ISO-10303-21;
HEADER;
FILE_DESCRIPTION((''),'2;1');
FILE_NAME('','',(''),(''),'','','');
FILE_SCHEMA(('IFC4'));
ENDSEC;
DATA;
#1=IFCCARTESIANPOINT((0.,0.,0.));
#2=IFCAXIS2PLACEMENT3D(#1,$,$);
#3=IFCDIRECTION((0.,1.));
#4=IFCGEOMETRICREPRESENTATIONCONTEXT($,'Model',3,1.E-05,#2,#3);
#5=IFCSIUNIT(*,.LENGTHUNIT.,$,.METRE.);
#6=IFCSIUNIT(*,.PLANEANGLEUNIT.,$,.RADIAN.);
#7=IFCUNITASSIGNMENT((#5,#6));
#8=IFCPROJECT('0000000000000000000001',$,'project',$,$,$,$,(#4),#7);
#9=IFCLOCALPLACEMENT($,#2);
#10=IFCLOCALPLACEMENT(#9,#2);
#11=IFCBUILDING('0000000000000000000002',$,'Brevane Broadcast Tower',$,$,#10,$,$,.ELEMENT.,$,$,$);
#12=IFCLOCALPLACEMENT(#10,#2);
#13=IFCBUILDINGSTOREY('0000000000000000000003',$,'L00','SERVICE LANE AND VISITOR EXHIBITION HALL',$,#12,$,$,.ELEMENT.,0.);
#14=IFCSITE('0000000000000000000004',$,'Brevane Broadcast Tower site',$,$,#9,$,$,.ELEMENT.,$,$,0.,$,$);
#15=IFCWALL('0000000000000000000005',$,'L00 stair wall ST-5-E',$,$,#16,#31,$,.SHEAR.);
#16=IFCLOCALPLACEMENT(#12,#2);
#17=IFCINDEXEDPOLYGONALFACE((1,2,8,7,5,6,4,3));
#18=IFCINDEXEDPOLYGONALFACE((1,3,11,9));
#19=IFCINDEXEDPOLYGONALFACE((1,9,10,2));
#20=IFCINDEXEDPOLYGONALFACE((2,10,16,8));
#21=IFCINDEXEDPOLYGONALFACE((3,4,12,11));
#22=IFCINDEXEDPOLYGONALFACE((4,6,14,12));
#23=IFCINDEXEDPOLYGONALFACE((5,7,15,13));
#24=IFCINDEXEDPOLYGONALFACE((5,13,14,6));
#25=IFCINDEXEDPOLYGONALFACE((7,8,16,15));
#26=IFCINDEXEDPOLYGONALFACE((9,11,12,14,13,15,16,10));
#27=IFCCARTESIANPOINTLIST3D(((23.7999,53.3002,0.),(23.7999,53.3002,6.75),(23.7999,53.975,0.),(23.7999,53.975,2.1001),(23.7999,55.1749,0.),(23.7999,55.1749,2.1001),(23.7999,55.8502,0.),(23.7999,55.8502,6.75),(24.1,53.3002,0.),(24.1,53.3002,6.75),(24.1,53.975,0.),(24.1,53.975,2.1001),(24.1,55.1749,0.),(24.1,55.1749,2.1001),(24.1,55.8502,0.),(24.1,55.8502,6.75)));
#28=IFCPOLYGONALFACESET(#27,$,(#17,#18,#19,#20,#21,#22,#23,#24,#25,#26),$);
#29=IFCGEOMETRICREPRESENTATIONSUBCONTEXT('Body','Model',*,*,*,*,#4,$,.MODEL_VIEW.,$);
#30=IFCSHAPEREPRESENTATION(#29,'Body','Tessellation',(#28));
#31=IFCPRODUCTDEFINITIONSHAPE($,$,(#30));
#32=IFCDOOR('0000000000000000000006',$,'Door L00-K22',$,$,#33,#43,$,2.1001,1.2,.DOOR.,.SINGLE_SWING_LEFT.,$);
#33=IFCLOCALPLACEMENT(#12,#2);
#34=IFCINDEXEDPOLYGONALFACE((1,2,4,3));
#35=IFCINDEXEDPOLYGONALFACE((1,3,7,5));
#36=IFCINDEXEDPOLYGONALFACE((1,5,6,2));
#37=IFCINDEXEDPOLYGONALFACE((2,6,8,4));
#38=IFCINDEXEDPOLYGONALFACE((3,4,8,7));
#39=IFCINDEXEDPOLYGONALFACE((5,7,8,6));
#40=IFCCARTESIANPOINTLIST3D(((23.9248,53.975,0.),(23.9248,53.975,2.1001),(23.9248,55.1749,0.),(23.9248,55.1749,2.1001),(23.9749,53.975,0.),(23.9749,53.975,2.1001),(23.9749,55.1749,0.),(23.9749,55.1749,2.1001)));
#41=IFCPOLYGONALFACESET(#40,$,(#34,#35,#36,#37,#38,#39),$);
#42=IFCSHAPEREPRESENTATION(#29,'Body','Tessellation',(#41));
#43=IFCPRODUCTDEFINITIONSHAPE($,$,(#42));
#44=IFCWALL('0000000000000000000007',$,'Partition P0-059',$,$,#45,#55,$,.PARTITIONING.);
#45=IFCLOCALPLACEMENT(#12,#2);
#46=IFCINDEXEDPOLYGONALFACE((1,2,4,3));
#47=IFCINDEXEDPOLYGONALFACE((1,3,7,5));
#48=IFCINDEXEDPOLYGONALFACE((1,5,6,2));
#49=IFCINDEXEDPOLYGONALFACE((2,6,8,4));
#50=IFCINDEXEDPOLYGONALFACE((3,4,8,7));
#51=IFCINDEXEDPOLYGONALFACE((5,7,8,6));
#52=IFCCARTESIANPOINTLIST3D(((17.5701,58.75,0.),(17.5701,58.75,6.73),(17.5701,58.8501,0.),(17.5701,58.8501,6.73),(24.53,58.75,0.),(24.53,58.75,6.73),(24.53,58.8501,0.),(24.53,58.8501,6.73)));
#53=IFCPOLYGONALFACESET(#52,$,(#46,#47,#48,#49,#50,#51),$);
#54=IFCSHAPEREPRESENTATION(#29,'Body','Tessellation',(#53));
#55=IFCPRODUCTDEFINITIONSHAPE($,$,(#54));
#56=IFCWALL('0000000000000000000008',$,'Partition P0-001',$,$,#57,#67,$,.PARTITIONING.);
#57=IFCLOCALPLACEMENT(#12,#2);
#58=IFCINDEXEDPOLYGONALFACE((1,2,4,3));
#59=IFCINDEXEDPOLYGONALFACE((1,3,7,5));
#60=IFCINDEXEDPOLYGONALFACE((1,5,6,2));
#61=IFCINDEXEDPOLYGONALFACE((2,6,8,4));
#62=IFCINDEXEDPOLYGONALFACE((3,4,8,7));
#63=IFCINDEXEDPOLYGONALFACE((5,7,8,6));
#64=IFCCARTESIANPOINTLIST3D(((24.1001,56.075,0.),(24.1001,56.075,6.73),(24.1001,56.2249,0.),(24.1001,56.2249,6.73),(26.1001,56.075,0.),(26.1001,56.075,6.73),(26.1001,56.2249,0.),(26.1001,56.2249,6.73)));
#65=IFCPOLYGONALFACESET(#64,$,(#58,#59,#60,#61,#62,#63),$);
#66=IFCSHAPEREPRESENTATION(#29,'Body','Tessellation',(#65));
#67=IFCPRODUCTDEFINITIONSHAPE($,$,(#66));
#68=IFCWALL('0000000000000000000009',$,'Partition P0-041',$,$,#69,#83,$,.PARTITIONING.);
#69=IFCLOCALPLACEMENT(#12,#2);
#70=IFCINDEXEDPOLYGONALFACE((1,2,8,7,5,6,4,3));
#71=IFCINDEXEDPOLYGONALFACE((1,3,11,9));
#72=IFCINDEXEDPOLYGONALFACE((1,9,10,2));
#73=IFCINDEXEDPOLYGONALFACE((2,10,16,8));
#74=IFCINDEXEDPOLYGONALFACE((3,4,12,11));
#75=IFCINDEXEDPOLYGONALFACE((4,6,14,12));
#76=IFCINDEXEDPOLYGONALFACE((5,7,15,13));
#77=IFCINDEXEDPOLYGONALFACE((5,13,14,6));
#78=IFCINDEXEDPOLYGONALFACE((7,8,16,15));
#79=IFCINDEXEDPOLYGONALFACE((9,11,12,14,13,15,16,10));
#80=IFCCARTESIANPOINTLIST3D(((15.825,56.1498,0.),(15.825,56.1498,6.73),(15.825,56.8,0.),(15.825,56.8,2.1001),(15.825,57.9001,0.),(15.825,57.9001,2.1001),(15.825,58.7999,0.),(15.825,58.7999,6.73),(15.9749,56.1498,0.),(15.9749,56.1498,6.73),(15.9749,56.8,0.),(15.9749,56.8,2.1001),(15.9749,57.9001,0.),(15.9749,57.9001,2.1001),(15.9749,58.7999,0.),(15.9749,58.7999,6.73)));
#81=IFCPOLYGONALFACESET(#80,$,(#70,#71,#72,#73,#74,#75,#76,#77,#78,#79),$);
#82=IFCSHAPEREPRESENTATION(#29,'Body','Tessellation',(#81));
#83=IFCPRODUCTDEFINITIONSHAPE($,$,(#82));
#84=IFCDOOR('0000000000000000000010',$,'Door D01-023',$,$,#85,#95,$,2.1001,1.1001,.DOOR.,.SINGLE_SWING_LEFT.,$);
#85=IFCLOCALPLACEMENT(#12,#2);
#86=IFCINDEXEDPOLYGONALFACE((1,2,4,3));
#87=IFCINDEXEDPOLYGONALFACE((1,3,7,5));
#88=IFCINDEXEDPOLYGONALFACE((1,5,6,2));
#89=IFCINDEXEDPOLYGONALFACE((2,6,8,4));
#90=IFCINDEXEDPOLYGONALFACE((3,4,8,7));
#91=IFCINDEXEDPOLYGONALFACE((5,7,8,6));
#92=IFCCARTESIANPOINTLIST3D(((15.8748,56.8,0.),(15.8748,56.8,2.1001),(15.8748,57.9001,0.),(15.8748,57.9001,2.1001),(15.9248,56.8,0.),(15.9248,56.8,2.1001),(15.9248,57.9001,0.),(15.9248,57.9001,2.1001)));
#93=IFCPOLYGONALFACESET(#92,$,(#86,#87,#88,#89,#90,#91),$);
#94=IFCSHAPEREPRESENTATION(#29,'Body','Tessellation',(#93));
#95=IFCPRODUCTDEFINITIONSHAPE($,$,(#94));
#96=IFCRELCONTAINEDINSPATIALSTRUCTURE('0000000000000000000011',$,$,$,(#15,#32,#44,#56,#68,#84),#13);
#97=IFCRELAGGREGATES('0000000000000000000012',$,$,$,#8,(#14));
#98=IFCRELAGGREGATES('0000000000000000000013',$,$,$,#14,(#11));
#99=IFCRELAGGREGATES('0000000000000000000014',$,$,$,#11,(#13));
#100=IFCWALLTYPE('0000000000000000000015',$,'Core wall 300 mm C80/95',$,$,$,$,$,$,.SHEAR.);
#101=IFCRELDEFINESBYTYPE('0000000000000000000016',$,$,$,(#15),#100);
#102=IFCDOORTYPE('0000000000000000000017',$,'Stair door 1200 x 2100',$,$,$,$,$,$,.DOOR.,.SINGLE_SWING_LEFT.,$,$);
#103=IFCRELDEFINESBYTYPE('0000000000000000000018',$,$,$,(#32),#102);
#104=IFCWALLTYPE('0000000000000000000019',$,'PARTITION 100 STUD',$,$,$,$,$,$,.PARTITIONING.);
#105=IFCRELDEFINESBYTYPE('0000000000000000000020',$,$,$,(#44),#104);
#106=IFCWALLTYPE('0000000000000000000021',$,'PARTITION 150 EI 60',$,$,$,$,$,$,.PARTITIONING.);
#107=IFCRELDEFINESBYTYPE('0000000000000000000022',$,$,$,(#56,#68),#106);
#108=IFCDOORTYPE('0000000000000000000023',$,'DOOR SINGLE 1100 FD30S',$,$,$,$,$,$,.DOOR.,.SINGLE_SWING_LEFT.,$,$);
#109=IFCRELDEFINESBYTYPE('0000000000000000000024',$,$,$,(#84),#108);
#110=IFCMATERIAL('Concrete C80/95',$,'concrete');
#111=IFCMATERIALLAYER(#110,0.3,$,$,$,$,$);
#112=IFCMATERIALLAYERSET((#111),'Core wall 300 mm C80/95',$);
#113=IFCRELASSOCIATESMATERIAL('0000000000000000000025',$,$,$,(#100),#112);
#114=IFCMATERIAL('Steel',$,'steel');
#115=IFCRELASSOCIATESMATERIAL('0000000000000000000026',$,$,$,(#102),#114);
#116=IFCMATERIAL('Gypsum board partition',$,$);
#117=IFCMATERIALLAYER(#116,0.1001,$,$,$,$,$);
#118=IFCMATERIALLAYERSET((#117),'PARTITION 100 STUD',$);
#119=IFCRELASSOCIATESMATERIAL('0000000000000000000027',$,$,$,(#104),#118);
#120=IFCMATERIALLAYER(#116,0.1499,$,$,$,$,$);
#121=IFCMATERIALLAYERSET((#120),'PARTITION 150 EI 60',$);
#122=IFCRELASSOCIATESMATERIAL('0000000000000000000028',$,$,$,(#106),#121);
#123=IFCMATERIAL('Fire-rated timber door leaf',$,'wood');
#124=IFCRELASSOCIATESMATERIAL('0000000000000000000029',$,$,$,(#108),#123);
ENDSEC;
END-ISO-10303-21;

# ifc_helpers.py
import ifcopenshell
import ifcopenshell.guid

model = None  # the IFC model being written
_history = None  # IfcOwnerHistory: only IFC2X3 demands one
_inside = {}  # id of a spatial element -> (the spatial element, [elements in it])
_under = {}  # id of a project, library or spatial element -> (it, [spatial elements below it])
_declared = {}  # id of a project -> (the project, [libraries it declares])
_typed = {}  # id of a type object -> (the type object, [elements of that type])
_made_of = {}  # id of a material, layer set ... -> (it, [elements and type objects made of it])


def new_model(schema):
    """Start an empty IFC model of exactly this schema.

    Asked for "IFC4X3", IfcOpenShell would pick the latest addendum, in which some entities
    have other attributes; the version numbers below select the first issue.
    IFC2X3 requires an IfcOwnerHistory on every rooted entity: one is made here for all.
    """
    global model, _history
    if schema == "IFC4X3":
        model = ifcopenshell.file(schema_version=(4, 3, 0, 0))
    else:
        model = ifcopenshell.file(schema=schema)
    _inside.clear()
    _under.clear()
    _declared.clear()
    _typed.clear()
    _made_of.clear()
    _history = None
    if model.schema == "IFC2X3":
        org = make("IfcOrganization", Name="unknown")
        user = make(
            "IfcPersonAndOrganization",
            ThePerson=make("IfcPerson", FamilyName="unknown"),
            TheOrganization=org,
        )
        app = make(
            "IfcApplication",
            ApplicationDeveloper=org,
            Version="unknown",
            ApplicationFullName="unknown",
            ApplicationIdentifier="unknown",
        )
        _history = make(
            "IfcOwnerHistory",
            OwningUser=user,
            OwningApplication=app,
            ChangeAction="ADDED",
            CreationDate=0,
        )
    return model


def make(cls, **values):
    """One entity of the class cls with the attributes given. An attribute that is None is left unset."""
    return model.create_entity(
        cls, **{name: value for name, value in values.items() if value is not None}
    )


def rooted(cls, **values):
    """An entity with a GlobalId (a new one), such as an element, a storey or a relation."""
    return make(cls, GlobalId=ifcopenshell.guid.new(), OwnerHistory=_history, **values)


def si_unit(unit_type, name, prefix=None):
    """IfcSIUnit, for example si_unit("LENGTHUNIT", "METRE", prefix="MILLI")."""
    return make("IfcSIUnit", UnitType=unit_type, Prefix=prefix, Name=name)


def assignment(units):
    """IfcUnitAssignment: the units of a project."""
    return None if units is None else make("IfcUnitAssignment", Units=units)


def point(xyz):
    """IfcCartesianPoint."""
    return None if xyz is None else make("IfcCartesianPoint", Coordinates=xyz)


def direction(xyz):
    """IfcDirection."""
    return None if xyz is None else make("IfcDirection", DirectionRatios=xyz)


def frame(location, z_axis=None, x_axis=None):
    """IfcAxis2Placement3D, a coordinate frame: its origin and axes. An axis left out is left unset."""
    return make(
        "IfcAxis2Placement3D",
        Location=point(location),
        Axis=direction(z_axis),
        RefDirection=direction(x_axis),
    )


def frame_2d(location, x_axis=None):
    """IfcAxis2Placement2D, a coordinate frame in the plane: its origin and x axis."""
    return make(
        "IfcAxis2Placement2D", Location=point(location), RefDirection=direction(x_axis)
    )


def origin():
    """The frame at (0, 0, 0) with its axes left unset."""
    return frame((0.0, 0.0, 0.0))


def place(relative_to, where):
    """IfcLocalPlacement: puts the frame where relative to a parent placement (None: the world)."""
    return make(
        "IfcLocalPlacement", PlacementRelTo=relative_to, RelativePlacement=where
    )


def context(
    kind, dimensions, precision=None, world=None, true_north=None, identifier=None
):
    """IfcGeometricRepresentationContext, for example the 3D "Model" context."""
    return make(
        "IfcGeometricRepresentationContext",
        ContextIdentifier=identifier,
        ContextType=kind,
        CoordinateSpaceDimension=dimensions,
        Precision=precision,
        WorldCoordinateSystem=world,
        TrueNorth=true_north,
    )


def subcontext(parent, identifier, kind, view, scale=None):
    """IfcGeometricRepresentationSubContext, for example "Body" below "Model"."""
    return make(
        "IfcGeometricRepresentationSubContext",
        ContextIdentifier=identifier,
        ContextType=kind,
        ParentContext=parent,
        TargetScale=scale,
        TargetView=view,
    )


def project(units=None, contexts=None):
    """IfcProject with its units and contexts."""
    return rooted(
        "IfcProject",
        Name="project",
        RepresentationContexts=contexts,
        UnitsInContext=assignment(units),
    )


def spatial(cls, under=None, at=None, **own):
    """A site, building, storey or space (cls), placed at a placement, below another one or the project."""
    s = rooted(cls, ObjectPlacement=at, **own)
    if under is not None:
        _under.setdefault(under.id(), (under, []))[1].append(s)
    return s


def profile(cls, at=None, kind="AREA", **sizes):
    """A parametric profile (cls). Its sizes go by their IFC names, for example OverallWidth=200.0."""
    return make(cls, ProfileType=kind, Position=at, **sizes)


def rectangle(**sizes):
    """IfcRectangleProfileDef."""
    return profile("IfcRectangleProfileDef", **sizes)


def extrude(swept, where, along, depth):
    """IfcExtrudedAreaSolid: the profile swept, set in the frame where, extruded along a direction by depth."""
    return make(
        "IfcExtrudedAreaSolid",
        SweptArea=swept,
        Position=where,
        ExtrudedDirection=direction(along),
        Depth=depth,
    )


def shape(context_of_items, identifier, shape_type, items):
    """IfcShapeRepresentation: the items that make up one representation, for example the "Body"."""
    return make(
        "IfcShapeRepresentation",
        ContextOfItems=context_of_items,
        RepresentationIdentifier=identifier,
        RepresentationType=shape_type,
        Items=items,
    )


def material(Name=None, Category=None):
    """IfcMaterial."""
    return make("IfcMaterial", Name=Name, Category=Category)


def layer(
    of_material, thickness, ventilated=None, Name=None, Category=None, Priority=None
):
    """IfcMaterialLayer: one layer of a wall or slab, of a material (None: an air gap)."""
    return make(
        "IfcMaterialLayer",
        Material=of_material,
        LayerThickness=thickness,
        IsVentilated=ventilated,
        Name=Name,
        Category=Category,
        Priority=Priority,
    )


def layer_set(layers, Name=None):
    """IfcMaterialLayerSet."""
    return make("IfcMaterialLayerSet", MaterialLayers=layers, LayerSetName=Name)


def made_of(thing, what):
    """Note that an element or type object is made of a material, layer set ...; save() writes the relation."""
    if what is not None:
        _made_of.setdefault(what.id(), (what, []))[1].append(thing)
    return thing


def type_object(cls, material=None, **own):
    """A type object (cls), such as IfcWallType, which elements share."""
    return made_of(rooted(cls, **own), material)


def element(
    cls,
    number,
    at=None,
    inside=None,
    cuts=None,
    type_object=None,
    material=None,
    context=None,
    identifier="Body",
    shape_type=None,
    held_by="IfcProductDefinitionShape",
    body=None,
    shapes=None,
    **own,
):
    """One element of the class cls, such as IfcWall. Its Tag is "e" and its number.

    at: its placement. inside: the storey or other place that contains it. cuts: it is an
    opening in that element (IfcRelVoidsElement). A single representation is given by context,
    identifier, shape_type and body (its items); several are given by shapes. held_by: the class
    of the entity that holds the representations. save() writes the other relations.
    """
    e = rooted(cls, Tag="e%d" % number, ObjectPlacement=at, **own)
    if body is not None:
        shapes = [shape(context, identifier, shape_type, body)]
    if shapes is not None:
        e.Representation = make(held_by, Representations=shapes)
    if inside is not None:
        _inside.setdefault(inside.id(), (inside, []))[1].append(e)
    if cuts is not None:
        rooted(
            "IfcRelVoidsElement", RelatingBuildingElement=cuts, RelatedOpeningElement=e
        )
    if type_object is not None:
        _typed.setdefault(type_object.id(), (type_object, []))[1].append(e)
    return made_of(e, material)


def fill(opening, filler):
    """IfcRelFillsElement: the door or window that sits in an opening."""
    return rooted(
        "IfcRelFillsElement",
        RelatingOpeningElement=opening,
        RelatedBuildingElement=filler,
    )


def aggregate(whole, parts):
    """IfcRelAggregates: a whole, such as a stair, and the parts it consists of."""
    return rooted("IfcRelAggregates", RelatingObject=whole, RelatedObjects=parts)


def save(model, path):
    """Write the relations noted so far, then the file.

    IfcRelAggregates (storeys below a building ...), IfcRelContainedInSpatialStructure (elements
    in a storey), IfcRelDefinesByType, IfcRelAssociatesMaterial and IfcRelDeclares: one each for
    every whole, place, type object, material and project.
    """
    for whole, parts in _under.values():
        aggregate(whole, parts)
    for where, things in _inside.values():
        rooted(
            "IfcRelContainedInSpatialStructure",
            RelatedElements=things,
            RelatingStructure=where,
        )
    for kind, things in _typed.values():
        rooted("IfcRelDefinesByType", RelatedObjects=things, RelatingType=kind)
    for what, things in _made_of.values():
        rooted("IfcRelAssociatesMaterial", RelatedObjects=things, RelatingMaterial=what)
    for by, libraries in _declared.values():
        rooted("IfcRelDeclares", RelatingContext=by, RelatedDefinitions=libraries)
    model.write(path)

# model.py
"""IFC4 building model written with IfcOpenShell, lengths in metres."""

from ifc_helpers import new_model, si_unit, direction, frame, frame_2d, origin, place, context, subcontext, project, spatial, rectangle, extrude, material, layer, layer_set, type_object, element, fill, save


model = new_model("IFC4")

# Units and contexts
model_context = context("Model", 3, precision=1e-05, world=origin(), true_north=direction((0.0, 1.0)))
body_context = subcontext(model_context, "Body", "Model", "MODEL_VIEW")
ifc_project = project(units=[si_unit("LENGTHUNIT", "METRE"), si_unit("PLANEANGLEUNIT", "RADIAN")], contexts=[model_context])

# Site, building, storey
site_placement = place(None, origin())
site = spatial("IfcSite", under=ifc_project, at=site_placement, Name="Brevane Broadcast Tower site", CompositionType="ELEMENT", RefElevation=0.0)
building_placement = place(site_placement, origin())
building = spatial("IfcBuilding", under=site, at=building_placement, Name="Brevane Broadcast Tower", CompositionType="ELEMENT")
storey_placement = place(building_placement, origin())
storey = spatial("IfcBuildingStorey", under=building, at=storey_placement, Name="L00", Description="SERVICE LANE AND VISITOR EXHIBITION HALL", CompositionType="ELEMENT", Elevation=0.0)

# Shared definitions
ifc_material_1 = material(Name="Concrete C80/95", Category="concrete")

# Shared definitions
ifc_layer_1 = layer(ifc_material_1, 0.3)
ifc_layer_set_1 = layer_set([ifc_layer_1], Name="Core wall 300 mm C80/95")
wall_type_1 = type_object("IfcWallType", Name="Core wall 300 mm C80/95", PredefinedType="SHEAR", material=ifc_layer_set_1)

# Wall, opening, door
wall_1_placement = place(storey_placement, frame((23.95, 55.8501, 0.0), z_axis=(0.0, 0.0, 1.0), x_axis=(0.0, -1.0, 0.0)))
wall_1 = element("IfcWall", 1, at=wall_1_placement, inside=storey, type_object=wall_type_1, Name="L00 stair wall ST-5-E", PredefinedType="SHEAR", context=body_context, shape_type="SweptSolid", body=[
    extrude(rectangle(XDim=2.55, YDim=0.3, at=frame_2d((1.2749, 0.0))), origin(), (0.0, 0.0, 1.0), 6.75),
])
opening_1_placement = place(wall_1_placement, frame((0.675, 0.0, 0.0)))
opening_1 = element("IfcOpeningElement", 2, at=opening_1_placement, cuts=wall_1, PredefinedType="OPENING", context=body_context, shape_type="SweptSolid", body=[
    extrude(rectangle(XDim=1.2, YDim=2.1001, at=frame_2d((0.6001, 1.05))), frame((0.0, 0.1599, 0.0), z_axis=(0.0, -1.0, 0.0), x_axis=(1.0, 0.0, 0.0)), (0.0, 0.0, 1.0), 0.3201),
])
ifc_material_2 = material(Name="Steel", Category="steel")
door_type_1 = type_object("IfcDoorType", Name="Stair door 1200 x 2100", OperationType="SINGLE_SWING_LEFT", PredefinedType="DOOR", material=ifc_material_2)
door_1_placement = place(opening_1_placement, origin())
door_1 = element("IfcDoor", 3, at=door_1_placement, inside=storey, type_object=door_type_1, Name="Door L00-K22", OperationType="SINGLE_SWING_LEFT", OverallHeight=2.1001, OverallWidth=1.2, PredefinedType="DOOR", context=body_context, shape_type="SweptSolid", body=[
    extrude(rectangle(XDim=1.2, YDim=2.1001, at=frame_2d((0.6001, 1.05))), frame((0.0, 0.0249, 0.0), z_axis=(0.0, -1.0, 0.0), x_axis=(1.0, 0.0, 0.0)), (0.0, 0.0, 1.0), 0.05),
])
fill(opening_1, door_1)

# Walls
ifc_material_3 = material(Name="Gypsum board partition")
ifc_layer_2 = layer(ifc_material_3, 0.1001)
ifc_layer_set_2 = layer_set([ifc_layer_2], Name="PARTITION 100 STUD")
wall_type_2 = type_object("IfcWallType", Name="PARTITION 100 STUD", PredefinedType="PARTITIONING", material=ifc_layer_set_2)
wall_2_placement = place(storey_placement, frame((17.5701, 58.8, 0.0), z_axis=(0.0, 0.0, 1.0), x_axis=(1.0, 0.0, 0.0)))
element("IfcWall", 4, at=wall_2_placement, inside=storey, type_object=wall_type_2, Name="Partition P0-059", PredefinedType="PARTITIONING", context=body_context, shape_type="SweptSolid", body=[
    extrude(rectangle(XDim=6.96, YDim=0.1001, at=frame_2d((3.48, 0.0))), origin(), (0.0, 0.0, 1.0), 6.73),
])
ifc_layer_3 = layer(ifc_material_3, 0.1499)
ifc_layer_set_3 = layer_set([ifc_layer_3], Name="PARTITION 150 EI 60")
wall_type_3 = type_object("IfcWallType", Name="PARTITION 150 EI 60", PredefinedType="PARTITIONING", material=ifc_layer_set_3)
wall_3_placement = place(storey_placement, frame((24.1001, 56.1499, 0.0), z_axis=(0.0, 0.0, 1.0), x_axis=(1.0, 0.0, 0.0)))
element("IfcWall", 5, at=wall_3_placement, inside=storey, type_object=wall_type_3, Name="Partition P0-001", PredefinedType="PARTITIONING", context=body_context, shape_type="SweptSolid", body=[
    extrude(rectangle(XDim=2.0, YDim=0.1499, at=frame_2d((1.0, 0.0))), origin(), (0.0, 0.0, 1.0), 6.73),
])

# Wall, opening, door
wall_4_placement = place(storey_placement, frame((15.8999, 58.8, 0.0), z_axis=(0.0, 0.0, 1.0), x_axis=(0.0, -1.0, 0.0)))
wall_4 = element("IfcWall", 6, at=wall_4_placement, inside=storey, type_object=wall_type_3, Name="Partition P0-041", PredefinedType="PARTITIONING", context=body_context, shape_type="SweptSolid", body=[
    extrude(rectangle(XDim=2.6501, YDim=0.1499, at=frame_2d((1.3252, 0.0))), origin(), (0.0, 0.0, 1.0), 6.73),
])
opening_2_placement = place(wall_4_placement, frame((0.8999, 0.0, 0.0)))
opening_2 = element("IfcOpeningElement", 7, at=opening_2_placement, cuts=wall_4, PredefinedType="OPENING", context=body_context, shape_type="SweptSolid", body=[
    extrude(rectangle(XDim=1.1001, YDim=2.1001, at=frame_2d((0.55, 1.05))), frame((0.0, 0.085, 0.0), z_axis=(0.0, -1.0, 0.0), x_axis=(1.0, 0.0, 0.0)), (0.0, 0.0, 1.0), 0.1699),
])
ifc_material_4 = material(Name="Fire-rated timber door leaf", Category="wood")
door_type_2 = type_object("IfcDoorType", Name="DOOR SINGLE 1100 FD30S", OperationType="SINGLE_SWING_LEFT", PredefinedType="DOOR", material=ifc_material_4)
door_2_placement = place(opening_2_placement, origin())
door_2 = element("IfcDoor", 8, at=door_2_placement, inside=storey, type_object=door_type_2, Name="Door D01-023", OperationType="SINGLE_SWING_LEFT", OverallHeight=2.1001, OverallWidth=1.1001, PredefinedType="DOOR", context=body_context, shape_type="SweptSolid", body=[
    extrude(rectangle(XDim=1.1001, YDim=2.1001, at=frame_2d((0.55, 1.05))), frame((0.0, 0.0249, 0.0), z_axis=(0.0, -1.0, 0.0), x_axis=(1.0, 0.0, 0.0)), (0.0, 0.0, 1.0), 0.05),
])
fill(opening_2, door_2)

save(model, "model.ifc")
